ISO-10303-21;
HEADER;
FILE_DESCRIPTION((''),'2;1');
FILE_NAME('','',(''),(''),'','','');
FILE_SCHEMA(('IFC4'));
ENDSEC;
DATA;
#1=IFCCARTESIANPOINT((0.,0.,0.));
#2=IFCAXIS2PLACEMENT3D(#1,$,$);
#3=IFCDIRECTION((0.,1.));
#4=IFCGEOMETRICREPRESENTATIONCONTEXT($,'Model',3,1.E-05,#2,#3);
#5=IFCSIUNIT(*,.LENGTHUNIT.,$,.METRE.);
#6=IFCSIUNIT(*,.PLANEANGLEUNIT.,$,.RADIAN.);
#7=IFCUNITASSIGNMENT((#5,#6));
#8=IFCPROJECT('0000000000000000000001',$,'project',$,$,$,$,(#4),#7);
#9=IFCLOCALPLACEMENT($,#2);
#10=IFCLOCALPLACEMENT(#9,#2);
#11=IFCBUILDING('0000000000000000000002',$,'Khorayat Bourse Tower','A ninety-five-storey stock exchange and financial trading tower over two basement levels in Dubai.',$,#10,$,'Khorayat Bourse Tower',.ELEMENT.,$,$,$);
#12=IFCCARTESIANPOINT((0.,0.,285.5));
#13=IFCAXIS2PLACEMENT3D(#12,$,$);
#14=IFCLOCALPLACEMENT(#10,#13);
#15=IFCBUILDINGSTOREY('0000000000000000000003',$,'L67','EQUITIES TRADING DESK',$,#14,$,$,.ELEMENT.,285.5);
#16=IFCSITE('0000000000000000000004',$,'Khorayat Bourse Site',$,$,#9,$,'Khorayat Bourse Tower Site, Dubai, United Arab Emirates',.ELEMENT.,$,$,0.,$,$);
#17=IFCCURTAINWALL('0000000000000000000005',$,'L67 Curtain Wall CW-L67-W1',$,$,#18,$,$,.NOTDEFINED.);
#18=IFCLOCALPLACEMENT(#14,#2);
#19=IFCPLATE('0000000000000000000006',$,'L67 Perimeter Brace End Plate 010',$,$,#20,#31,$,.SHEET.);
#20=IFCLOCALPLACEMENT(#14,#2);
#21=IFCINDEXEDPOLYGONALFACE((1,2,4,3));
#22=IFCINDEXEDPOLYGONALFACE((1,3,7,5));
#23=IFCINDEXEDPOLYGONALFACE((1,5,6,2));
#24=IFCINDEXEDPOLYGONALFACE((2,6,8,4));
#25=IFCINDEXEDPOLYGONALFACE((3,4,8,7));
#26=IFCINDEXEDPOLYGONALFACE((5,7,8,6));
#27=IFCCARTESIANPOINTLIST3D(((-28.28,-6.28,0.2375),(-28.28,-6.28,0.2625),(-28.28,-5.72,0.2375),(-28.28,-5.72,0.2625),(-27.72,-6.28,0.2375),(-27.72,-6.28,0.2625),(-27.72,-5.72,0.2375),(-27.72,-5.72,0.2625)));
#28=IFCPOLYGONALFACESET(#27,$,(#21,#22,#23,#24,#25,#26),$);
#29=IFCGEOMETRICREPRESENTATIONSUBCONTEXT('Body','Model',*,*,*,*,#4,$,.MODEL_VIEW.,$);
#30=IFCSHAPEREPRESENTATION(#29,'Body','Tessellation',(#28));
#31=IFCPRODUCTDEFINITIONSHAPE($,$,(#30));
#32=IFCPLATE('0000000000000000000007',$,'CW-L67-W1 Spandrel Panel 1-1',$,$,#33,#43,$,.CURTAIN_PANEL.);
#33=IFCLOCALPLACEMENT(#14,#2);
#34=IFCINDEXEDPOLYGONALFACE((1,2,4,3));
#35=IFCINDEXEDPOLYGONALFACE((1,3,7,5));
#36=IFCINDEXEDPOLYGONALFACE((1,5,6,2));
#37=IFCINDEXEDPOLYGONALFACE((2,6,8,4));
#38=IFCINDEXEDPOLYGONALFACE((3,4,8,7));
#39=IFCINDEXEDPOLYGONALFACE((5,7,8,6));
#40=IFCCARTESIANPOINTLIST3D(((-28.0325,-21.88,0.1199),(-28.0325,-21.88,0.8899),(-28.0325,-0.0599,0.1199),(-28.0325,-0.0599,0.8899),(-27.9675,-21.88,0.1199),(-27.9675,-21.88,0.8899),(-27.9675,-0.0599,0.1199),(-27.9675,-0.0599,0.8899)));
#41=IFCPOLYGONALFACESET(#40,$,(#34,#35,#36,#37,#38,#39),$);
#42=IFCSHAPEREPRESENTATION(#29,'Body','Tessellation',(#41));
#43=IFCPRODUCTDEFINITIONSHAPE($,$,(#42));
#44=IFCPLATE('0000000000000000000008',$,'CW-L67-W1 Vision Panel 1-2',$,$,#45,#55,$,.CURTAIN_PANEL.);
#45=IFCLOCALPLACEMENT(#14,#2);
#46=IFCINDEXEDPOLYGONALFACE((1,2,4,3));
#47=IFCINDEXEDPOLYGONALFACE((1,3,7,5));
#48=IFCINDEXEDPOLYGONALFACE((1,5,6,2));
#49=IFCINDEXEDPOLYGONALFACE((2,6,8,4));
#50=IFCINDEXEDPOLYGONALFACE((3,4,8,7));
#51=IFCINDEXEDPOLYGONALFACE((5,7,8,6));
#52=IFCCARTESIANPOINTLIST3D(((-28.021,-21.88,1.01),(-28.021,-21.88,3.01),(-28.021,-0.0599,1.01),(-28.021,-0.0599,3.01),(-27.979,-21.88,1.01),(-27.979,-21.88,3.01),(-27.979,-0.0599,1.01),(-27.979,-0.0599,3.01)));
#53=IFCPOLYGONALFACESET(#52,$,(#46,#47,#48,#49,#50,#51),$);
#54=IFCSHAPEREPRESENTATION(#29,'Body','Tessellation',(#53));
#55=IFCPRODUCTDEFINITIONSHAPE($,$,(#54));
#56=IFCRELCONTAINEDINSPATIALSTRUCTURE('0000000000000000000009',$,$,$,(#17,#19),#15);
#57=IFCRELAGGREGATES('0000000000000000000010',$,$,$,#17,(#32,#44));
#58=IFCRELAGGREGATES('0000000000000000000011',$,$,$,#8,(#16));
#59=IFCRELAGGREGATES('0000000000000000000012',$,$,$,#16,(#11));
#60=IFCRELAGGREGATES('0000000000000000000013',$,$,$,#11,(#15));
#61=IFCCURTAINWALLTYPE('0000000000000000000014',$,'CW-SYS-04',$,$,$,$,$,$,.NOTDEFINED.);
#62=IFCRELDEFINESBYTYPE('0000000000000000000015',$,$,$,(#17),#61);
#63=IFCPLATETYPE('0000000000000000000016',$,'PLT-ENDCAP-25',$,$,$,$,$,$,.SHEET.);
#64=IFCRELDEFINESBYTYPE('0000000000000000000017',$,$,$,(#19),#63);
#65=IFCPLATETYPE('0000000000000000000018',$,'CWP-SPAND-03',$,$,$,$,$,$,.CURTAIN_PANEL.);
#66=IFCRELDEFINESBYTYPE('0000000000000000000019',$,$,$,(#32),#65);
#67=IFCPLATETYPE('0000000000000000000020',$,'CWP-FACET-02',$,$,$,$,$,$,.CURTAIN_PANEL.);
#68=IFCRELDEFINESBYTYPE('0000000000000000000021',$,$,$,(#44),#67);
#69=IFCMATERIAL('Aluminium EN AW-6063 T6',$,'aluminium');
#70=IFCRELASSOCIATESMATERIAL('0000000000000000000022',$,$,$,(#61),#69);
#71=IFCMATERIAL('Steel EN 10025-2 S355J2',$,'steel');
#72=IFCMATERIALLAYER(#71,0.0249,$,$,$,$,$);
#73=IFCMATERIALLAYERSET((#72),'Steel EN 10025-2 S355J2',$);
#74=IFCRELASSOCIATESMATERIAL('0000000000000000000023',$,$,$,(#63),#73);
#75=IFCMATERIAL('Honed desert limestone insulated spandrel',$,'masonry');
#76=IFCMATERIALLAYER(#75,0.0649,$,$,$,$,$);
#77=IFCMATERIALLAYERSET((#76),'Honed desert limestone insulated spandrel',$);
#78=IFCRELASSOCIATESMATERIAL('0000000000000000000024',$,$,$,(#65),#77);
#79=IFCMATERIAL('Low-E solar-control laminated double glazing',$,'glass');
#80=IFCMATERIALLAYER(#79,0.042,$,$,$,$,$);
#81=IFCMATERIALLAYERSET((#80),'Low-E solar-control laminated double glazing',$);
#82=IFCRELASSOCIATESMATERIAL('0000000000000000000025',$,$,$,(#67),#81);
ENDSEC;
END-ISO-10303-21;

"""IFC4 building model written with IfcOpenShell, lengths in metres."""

from ifc_helpers import new_model, si_unit, direction, frame, origin, origin_2d, place, context, subcontext, project, spatial, rectangle, extrude, source, transform, mapped, material, layer, layer_set, type_object, element, aggregate, save


model = new_model("IFC4")

# Units and contexts
model_context = context("Model", 3, precision=1e-05, world=origin(), true_north=direction((0.0, 1.0)))
body_context = subcontext(model_context, "Body", "Model", "MODEL_VIEW")
ifc_project = project(units=[si_unit("LENGTHUNIT", "METRE"), si_unit("PLANEANGLEUNIT", "RADIAN")], contexts=[model_context])

# Site, building, storey
site_placement = place(None, origin())
site = spatial("IfcSite", under=ifc_project, at=site_placement, Name="Khorayat Bourse Site", LongName="Khorayat Bourse Tower Site, Dubai, United Arab Emirates", CompositionType="ELEMENT", RefElevation=0.0)
building_placement = place(site_placement, origin())
building = spatial("IfcBuilding", under=site, at=building_placement, Name="Khorayat Bourse Tower", Description="A ninety-five-storey stock exchange and financial trading tower over two basement levels in Dubai.", LongName="Khorayat Bourse Tower", CompositionType="ELEMENT")
storey_placement = place(building_placement, frame((0.0, 0.0, 285.5)))
storey = spatial("IfcBuildingStorey", under=building, at=storey_placement, Name="L67", Description="EQUITIES TRADING DESK", CompositionType="ELEMENT", Elevation=285.5)

# Curtain wall
ifc_material_1 = material(Name="Aluminium EN AW-6063 T6", Category="aluminium")
curtain_wall_type = type_object("IfcCurtainWallType", Name="CW-SYS-04", PredefinedType="NOTDEFINED", material=ifc_material_1)
curtain_wall_placement = place(storey_placement, origin())
curtain_wall = element("IfcCurtainWall", 1, at=curtain_wall_placement, inside=storey, type_object=curtain_wall_type, Name="L67 Curtain Wall CW-L67-W1", PredefinedType="NOTDEFINED")

# Plate
ifc_material_2 = material(Name="Steel EN 10025-2 S355J2", Category="steel")
ifc_layer_1 = layer(ifc_material_2, 0.0249)
ifc_layer_set_1 = layer_set([ifc_layer_1], Name="Steel EN 10025-2 S355J2")
plate_type_1 = type_object("IfcPlateType", Name="PLT-ENDCAP-25", PredefinedType="SHEET", material=ifc_layer_set_1)
shared_shape_1 = source(origin(), body_context, "Body", "SweptSolid", [
    extrude(rectangle(XDim=0.5601, YDim=0.5601, at=origin_2d()), origin(), (0.0, 0.0, 1.0), 0.0249),
])
for number, where, z_axis, x_axis, name in (
    (2, (-28.0, -6.0, 0.2375), (0.0, 0.0, 1.0), (1.0, 0.0, 0.0), "L67 Perimeter Brace End Plate 010"),
):
    element("IfcPlate", number, at=place(storey_placement, frame(where, z_axis=z_axis, x_axis=x_axis)), inside=storey, type_object=plate_type_1, Name=name, PredefinedType="SHEET", context=body_context, shape_type="MappedRepresentation", body=[
        mapped(shared_shape_1, transform((0.0, 0.0, 0.0), scale=1.0)),
    ])

# Plates
ifc_material_3 = material(Name="Honed desert limestone insulated spandrel", Category="masonry")
ifc_layer_2 = layer(ifc_material_3, 0.0649)
ifc_layer_set_2 = layer_set([ifc_layer_2], Name="Honed desert limestone insulated spandrel")
plate_type_2 = type_object("IfcPlateType", Name="CWP-SPAND-03", PredefinedType="CURTAIN_PANEL", material=ifc_layer_set_2)
shared_shape_2 = source(origin(), body_context, "Body", "SweptSolid", [
    extrude(rectangle(XDim=21.8201, YDim=0.0649, at=origin_2d()), origin(), (0.0, 0.0, 1.0), 0.77),
])
plate_1_placement = place(storey_placement, frame((-28.0, -10.97, 0.1199), z_axis=(0.0, 0.0, 1.0), x_axis=(0.0, 1.0, 0.0)))
plate_1 = element("IfcPlate", 3, at=plate_1_placement, type_object=plate_type_2, Name="CW-L67-W1 Spandrel Panel 1-1", PredefinedType="CURTAIN_PANEL", context=body_context, shape_type="MappedRepresentation", body=[
    mapped(shared_shape_2, transform((0.0, 0.0, 0.0), scale=1.0)),
])
ifc_material_4 = material(Name="Low-E solar-control laminated double glazing", Category="glass")
ifc_layer_3 = layer(ifc_material_4, 0.042)
ifc_layer_set_3 = layer_set([ifc_layer_3], Name="Low-E solar-control laminated double glazing")
plate_type_3 = type_object("IfcPlateType", Name="CWP-FACET-02", PredefinedType="CURTAIN_PANEL", material=ifc_layer_set_3)
shared_shape_3 = source(origin(), body_context, "Body", "SweptSolid", [
    extrude(rectangle(XDim=21.8201, YDim=0.042, at=origin_2d()), origin(), (0.0, 0.0, 1.0), 2.0),
])
plate_2_placement = place(storey_placement, frame((-28.0, -10.97, 1.01), z_axis=(0.0, 0.0, 1.0), x_axis=(0.0, 1.0, 0.0)))
plate_2 = element("IfcPlate", 4, at=plate_2_placement, type_object=plate_type_3, Name="CW-L67-W1 Vision Panel 1-2", PredefinedType="CURTAIN_PANEL", context=body_context, shape_type="MappedRepresentation", body=[
    mapped(shared_shape_3, transform((0.0, 0.0, 0.0), scale=1.0)),
])
aggregate(curtain_wall, [plate_1, plate_2])

save(model, "model.ifc")
